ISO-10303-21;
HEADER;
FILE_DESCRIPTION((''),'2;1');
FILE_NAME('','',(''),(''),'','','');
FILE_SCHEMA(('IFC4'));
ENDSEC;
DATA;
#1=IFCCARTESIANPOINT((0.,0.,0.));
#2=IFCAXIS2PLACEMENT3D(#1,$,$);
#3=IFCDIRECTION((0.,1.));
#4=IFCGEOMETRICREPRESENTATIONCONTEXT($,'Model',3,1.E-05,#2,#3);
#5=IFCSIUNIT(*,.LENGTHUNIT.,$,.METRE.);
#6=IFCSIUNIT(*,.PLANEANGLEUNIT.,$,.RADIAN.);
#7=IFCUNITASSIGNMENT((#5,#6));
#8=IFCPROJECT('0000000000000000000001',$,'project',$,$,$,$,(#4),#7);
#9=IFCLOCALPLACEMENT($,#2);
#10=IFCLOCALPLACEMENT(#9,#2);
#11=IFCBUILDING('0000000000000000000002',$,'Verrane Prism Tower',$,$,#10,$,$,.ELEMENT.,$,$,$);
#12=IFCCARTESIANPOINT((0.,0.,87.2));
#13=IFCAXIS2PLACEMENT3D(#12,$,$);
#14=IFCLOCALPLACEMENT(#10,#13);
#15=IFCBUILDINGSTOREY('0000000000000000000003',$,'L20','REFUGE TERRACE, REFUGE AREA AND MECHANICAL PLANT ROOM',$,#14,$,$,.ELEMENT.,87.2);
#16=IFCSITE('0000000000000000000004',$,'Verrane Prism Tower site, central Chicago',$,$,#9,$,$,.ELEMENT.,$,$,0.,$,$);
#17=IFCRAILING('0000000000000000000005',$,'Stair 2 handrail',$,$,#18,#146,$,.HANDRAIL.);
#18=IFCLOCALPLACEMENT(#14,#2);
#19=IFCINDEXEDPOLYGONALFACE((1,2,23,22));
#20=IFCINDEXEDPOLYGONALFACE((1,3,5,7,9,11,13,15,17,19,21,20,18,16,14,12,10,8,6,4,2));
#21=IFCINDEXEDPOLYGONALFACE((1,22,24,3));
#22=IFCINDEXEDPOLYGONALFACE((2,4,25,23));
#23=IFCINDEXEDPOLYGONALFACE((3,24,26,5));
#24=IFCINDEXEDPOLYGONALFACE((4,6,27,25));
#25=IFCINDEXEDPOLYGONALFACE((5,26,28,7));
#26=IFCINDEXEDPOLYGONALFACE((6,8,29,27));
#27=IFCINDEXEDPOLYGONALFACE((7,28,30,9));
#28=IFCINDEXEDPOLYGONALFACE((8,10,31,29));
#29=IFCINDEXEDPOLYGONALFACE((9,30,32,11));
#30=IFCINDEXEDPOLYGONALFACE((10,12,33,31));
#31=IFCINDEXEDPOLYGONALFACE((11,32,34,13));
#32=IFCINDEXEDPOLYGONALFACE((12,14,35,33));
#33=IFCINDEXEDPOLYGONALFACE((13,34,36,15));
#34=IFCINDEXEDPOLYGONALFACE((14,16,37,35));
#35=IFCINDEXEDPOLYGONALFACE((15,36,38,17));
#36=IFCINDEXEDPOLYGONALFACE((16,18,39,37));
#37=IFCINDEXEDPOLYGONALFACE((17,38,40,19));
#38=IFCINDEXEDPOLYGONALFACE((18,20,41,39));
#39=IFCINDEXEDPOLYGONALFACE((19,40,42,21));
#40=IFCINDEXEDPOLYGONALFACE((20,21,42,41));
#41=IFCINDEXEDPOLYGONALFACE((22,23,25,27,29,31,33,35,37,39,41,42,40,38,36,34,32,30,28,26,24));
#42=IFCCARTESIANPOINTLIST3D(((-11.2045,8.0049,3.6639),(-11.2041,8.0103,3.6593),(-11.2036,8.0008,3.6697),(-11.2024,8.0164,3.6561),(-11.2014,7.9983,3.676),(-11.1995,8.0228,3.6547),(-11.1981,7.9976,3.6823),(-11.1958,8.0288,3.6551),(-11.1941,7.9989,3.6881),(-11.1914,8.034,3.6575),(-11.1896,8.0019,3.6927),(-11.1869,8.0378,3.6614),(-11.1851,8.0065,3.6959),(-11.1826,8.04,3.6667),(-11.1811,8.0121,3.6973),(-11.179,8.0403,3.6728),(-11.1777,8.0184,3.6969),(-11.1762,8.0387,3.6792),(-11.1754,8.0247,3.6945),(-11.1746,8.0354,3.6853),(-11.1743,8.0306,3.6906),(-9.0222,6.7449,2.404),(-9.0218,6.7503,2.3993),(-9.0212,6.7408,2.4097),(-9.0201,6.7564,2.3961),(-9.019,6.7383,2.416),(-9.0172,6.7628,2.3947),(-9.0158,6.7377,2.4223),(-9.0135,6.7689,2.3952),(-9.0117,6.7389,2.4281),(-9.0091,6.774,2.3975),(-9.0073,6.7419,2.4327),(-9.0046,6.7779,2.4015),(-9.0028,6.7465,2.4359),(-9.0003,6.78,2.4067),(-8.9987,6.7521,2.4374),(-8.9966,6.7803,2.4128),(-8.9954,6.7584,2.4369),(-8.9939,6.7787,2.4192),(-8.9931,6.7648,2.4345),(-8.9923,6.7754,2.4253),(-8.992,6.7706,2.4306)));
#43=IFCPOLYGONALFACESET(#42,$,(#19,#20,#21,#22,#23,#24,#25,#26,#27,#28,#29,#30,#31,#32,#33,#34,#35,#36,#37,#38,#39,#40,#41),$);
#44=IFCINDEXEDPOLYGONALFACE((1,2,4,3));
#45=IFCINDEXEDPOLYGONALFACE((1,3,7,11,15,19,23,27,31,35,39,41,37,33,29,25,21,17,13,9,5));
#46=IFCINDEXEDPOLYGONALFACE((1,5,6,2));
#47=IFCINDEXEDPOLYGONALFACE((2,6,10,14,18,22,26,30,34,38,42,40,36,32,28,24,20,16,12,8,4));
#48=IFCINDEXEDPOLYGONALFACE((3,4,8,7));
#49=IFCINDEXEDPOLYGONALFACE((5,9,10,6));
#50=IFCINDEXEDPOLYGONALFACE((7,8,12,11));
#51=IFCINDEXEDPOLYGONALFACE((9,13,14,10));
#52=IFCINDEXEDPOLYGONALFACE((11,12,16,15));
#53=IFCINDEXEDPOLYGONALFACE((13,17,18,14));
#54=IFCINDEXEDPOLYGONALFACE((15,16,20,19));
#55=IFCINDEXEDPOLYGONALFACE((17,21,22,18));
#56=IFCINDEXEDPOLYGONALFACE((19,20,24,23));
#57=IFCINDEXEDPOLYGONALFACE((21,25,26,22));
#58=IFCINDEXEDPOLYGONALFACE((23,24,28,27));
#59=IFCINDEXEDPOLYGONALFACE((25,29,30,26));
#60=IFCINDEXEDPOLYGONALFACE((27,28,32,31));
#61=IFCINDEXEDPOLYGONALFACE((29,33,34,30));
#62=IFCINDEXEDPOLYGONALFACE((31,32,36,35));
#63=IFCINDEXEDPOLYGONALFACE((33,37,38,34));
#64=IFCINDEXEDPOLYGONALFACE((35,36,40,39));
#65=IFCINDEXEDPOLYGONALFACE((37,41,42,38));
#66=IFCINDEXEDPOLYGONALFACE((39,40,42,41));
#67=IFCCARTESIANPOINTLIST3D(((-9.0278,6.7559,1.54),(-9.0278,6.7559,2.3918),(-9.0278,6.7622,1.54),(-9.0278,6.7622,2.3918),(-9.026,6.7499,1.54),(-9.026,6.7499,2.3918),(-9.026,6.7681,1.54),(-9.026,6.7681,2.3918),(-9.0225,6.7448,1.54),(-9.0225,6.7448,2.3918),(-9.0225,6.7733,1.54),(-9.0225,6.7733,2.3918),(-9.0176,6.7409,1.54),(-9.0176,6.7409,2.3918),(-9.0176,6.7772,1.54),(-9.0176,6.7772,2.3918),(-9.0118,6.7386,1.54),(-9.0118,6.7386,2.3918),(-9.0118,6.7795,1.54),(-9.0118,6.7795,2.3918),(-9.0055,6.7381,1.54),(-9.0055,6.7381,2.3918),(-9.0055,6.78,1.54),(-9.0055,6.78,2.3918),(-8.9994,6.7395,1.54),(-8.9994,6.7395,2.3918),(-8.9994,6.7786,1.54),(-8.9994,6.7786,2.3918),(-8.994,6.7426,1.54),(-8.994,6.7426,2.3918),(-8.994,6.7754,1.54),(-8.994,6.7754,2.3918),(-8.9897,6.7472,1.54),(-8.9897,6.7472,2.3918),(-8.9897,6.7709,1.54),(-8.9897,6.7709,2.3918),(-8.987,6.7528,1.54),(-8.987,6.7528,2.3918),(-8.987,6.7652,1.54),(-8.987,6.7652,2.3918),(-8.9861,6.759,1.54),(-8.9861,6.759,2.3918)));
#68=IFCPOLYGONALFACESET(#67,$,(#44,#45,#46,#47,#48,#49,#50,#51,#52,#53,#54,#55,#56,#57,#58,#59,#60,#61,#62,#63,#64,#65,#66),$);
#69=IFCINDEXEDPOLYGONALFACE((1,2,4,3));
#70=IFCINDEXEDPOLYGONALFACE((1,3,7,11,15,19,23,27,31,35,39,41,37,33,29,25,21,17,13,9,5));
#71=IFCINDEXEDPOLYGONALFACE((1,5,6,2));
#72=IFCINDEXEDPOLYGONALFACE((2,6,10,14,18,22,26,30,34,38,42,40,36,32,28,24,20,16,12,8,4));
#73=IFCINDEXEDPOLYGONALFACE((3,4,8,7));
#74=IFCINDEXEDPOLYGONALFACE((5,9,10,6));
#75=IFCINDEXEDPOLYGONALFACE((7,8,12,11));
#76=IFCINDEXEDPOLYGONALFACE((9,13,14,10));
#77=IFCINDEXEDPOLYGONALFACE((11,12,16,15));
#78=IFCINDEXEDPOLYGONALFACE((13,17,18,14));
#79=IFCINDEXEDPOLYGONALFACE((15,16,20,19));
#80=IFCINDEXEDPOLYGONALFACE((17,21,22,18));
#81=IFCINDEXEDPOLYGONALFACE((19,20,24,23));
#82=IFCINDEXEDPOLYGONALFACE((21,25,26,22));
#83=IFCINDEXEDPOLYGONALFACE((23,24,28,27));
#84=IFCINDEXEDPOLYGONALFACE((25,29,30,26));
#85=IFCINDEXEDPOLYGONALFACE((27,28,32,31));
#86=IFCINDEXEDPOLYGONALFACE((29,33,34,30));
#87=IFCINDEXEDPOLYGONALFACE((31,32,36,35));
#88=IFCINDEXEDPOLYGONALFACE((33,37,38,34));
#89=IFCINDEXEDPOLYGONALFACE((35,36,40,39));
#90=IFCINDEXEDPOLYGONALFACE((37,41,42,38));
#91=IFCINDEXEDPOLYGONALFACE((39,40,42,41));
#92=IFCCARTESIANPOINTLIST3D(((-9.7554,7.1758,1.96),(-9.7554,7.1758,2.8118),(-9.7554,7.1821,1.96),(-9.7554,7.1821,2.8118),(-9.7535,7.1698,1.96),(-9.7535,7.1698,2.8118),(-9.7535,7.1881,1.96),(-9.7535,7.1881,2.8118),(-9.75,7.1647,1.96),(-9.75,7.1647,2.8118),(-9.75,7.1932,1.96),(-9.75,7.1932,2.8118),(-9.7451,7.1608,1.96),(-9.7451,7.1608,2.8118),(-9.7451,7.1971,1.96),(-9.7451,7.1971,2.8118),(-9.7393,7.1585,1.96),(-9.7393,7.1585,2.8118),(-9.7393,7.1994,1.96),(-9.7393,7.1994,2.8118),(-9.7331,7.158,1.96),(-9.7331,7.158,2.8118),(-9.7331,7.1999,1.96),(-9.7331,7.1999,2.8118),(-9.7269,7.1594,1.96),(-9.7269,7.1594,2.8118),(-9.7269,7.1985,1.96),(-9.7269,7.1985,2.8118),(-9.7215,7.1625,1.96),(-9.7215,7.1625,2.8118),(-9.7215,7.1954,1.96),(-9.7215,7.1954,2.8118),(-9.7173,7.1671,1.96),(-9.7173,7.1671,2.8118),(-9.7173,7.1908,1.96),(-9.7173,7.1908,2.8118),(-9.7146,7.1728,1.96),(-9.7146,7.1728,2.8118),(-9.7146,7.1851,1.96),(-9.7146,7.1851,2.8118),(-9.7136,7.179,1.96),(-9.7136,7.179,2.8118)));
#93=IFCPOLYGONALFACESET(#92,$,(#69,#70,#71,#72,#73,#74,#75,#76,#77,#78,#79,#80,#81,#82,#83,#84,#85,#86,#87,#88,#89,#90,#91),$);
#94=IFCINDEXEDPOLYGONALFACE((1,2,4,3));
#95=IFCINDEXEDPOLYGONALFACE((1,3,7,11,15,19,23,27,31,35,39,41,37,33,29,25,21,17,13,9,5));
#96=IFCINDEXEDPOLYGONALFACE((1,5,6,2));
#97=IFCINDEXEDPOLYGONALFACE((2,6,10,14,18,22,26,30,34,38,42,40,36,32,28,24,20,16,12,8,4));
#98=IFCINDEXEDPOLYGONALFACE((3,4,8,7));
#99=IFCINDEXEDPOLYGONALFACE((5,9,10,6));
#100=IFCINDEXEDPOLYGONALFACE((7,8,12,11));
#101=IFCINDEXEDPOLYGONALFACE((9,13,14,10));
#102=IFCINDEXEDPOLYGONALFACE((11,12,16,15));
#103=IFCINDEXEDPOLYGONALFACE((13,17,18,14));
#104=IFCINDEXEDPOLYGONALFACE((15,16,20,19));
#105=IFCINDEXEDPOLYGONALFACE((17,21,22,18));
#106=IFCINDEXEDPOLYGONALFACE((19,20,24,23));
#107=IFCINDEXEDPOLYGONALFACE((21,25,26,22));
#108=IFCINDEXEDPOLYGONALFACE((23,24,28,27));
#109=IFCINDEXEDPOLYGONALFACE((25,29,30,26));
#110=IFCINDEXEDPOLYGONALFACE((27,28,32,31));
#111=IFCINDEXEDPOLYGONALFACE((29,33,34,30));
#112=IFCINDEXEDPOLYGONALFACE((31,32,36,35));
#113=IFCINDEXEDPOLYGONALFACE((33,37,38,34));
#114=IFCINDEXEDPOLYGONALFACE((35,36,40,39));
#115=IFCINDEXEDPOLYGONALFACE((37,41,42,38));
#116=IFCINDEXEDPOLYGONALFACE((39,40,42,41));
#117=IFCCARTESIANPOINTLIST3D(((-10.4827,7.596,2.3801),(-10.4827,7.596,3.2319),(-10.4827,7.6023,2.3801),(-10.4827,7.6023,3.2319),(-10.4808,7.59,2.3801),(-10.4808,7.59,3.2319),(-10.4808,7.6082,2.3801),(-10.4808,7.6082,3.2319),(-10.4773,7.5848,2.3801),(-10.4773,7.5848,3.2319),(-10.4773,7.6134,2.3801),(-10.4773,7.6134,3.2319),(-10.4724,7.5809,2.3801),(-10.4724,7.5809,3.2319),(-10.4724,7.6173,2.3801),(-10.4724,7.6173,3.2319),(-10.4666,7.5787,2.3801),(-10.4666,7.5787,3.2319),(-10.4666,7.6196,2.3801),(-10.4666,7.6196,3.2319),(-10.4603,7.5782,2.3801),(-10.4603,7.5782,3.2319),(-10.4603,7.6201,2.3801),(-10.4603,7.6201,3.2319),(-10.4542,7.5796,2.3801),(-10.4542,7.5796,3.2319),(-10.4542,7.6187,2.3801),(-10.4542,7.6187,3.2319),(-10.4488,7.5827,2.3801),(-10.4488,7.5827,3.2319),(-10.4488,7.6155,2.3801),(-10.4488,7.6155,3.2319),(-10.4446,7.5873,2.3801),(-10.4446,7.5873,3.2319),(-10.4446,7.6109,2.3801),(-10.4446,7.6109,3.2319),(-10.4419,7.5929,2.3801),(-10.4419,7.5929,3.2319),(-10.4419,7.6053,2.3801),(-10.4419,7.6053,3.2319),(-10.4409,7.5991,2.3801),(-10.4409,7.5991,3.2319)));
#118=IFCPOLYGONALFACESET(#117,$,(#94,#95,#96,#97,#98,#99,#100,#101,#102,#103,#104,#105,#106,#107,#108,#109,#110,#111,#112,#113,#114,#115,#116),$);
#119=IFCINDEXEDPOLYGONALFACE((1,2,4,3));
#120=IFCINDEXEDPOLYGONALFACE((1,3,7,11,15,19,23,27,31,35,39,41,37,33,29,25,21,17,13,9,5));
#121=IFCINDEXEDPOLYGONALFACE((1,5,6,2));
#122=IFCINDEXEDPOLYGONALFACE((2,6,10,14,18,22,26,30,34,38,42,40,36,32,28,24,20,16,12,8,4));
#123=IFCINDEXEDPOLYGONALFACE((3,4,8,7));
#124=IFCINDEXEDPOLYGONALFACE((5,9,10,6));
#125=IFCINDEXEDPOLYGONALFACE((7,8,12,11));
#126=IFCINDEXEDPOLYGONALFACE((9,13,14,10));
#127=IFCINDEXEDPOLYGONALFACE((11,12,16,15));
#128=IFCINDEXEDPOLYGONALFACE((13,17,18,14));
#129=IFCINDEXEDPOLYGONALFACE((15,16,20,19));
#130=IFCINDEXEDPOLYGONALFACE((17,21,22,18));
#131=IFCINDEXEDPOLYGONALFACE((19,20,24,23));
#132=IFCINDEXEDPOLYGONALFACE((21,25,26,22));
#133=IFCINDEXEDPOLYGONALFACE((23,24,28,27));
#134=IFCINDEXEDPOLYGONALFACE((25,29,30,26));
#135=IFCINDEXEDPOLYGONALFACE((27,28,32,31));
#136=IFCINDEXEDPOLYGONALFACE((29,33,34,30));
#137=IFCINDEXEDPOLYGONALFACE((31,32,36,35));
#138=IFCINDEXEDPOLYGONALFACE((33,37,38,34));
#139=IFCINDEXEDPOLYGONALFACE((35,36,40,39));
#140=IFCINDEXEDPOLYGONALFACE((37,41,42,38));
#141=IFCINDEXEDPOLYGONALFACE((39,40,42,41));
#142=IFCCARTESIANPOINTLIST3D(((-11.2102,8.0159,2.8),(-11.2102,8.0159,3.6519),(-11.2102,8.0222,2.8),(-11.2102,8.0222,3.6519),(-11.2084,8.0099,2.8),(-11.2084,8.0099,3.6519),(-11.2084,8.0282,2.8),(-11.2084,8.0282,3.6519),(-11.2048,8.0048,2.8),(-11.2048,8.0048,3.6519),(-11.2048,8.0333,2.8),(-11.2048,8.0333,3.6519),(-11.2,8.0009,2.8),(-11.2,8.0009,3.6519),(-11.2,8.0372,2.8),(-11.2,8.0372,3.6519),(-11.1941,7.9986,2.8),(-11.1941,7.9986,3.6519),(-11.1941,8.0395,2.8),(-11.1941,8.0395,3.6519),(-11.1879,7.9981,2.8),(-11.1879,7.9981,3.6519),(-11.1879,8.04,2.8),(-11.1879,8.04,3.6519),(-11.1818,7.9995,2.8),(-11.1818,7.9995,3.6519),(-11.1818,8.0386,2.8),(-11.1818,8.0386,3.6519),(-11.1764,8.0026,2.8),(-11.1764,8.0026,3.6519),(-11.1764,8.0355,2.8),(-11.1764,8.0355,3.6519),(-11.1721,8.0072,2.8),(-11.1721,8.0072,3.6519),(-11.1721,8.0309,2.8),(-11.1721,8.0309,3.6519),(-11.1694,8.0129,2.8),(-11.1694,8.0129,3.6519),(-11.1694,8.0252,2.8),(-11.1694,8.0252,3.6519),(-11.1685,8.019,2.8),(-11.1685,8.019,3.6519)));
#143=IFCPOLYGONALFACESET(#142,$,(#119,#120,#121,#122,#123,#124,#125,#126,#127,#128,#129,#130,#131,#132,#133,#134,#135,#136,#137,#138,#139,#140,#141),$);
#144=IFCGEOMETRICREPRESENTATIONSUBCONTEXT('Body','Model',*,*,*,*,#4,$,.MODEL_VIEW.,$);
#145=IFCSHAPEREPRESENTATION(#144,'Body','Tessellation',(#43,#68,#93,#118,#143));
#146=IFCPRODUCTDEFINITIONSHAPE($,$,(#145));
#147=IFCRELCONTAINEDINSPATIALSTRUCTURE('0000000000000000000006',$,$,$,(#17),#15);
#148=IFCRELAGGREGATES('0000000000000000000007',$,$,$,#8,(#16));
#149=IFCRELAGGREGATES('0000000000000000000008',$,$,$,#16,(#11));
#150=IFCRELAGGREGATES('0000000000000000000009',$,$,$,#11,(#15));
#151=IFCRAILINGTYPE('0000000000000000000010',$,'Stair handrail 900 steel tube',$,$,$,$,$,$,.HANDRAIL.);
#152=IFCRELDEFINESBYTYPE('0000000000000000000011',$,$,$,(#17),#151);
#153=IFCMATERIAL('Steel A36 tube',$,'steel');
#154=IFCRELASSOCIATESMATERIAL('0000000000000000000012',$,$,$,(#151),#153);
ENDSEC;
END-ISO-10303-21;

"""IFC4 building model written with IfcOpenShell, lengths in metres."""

from ifc_helpers import new_model, si_unit, direction, frame, origin, origin_2d, place, context, subcontext, project, spatial, circle, extrude, material, type_object, element, save


model = new_model("IFC4")

# Units and contexts
model_context = context("Model", 3, precision=1e-05, world=origin(), true_north=direction((0.0, 1.0)))
body_context = subcontext(model_context, "Body", "Model", "MODEL_VIEW")
ifc_project = project(units=[si_unit("LENGTHUNIT", "METRE"), si_unit("PLANEANGLEUNIT", "RADIAN")], contexts=[model_context])

# Site, building, storey
site_placement = place(None, origin())
site = spatial("IfcSite", under=ifc_project, at=site_placement, Name="Verrane Prism Tower site, central Chicago", CompositionType="ELEMENT", RefElevation=0.0)
building_placement = place(site_placement, origin())
building = spatial("IfcBuilding", under=site, at=building_placement, Name="Verrane Prism Tower", CompositionType="ELEMENT")
storey_placement = place(building_placement, frame((0.0, 0.0, 87.2)))
storey = spatial("IfcBuildingStorey", under=building, at=storey_placement, Name="L20", Description="REFUGE TERRACE, REFUGE AREA AND MECHANICAL PLANT ROOM", CompositionType="ELEMENT", Elevation=87.2)

# Railing
ifc_material_1 = material(Name="Steel A36 tube", Category="steel")
railing_type = type_object("IfcRailingType", Name="Stair handrail 900 steel tube", PredefinedType="HANDRAIL", material=ifc_material_1)
for number, where, name in (
    (1, (-9.0071, 6.759, 1.54), "Stair 2 handrail"),
):
    element("IfcRailing", number, at=place(storey_placement, frame(where)), inside=storey, type_object=railing_type, Name=name, PredefinedType="HANDRAIL", context=body_context, shape_type="SweptSolid", body=[
        extrude(circle(Radius=0.0239, at=origin_2d()), frame((0.0, 0.0, 0.876), z_axis=(-0.774593, 0.447217, 0.447217), x_axis=(-0.500005, -0.866023, 0.0)), (0.0, 0.0, 1.0), 2.8174),
        extrude(circle(Radius=0.021, at=origin_2d()), origin(), (0.0, 0.0, 1.0), 0.8518),
        extrude(circle(Radius=0.021, at=origin_2d()), frame((-0.7275, 0.4199, 0.4199)), (0.0, 0.0, 1.0), 0.8518),
        extrude(circle(Radius=0.021, at=origin_2d()), frame((-1.4548, 0.8401, 0.8401)), (0.0, 0.0, 1.0), 0.8518),
        extrude(circle(Radius=0.021, at=origin_2d()), frame((-2.1824, 1.26, 1.26)), (0.0, 0.0, 1.0), 0.8518),
    ])

save(model, "model.ifc")
